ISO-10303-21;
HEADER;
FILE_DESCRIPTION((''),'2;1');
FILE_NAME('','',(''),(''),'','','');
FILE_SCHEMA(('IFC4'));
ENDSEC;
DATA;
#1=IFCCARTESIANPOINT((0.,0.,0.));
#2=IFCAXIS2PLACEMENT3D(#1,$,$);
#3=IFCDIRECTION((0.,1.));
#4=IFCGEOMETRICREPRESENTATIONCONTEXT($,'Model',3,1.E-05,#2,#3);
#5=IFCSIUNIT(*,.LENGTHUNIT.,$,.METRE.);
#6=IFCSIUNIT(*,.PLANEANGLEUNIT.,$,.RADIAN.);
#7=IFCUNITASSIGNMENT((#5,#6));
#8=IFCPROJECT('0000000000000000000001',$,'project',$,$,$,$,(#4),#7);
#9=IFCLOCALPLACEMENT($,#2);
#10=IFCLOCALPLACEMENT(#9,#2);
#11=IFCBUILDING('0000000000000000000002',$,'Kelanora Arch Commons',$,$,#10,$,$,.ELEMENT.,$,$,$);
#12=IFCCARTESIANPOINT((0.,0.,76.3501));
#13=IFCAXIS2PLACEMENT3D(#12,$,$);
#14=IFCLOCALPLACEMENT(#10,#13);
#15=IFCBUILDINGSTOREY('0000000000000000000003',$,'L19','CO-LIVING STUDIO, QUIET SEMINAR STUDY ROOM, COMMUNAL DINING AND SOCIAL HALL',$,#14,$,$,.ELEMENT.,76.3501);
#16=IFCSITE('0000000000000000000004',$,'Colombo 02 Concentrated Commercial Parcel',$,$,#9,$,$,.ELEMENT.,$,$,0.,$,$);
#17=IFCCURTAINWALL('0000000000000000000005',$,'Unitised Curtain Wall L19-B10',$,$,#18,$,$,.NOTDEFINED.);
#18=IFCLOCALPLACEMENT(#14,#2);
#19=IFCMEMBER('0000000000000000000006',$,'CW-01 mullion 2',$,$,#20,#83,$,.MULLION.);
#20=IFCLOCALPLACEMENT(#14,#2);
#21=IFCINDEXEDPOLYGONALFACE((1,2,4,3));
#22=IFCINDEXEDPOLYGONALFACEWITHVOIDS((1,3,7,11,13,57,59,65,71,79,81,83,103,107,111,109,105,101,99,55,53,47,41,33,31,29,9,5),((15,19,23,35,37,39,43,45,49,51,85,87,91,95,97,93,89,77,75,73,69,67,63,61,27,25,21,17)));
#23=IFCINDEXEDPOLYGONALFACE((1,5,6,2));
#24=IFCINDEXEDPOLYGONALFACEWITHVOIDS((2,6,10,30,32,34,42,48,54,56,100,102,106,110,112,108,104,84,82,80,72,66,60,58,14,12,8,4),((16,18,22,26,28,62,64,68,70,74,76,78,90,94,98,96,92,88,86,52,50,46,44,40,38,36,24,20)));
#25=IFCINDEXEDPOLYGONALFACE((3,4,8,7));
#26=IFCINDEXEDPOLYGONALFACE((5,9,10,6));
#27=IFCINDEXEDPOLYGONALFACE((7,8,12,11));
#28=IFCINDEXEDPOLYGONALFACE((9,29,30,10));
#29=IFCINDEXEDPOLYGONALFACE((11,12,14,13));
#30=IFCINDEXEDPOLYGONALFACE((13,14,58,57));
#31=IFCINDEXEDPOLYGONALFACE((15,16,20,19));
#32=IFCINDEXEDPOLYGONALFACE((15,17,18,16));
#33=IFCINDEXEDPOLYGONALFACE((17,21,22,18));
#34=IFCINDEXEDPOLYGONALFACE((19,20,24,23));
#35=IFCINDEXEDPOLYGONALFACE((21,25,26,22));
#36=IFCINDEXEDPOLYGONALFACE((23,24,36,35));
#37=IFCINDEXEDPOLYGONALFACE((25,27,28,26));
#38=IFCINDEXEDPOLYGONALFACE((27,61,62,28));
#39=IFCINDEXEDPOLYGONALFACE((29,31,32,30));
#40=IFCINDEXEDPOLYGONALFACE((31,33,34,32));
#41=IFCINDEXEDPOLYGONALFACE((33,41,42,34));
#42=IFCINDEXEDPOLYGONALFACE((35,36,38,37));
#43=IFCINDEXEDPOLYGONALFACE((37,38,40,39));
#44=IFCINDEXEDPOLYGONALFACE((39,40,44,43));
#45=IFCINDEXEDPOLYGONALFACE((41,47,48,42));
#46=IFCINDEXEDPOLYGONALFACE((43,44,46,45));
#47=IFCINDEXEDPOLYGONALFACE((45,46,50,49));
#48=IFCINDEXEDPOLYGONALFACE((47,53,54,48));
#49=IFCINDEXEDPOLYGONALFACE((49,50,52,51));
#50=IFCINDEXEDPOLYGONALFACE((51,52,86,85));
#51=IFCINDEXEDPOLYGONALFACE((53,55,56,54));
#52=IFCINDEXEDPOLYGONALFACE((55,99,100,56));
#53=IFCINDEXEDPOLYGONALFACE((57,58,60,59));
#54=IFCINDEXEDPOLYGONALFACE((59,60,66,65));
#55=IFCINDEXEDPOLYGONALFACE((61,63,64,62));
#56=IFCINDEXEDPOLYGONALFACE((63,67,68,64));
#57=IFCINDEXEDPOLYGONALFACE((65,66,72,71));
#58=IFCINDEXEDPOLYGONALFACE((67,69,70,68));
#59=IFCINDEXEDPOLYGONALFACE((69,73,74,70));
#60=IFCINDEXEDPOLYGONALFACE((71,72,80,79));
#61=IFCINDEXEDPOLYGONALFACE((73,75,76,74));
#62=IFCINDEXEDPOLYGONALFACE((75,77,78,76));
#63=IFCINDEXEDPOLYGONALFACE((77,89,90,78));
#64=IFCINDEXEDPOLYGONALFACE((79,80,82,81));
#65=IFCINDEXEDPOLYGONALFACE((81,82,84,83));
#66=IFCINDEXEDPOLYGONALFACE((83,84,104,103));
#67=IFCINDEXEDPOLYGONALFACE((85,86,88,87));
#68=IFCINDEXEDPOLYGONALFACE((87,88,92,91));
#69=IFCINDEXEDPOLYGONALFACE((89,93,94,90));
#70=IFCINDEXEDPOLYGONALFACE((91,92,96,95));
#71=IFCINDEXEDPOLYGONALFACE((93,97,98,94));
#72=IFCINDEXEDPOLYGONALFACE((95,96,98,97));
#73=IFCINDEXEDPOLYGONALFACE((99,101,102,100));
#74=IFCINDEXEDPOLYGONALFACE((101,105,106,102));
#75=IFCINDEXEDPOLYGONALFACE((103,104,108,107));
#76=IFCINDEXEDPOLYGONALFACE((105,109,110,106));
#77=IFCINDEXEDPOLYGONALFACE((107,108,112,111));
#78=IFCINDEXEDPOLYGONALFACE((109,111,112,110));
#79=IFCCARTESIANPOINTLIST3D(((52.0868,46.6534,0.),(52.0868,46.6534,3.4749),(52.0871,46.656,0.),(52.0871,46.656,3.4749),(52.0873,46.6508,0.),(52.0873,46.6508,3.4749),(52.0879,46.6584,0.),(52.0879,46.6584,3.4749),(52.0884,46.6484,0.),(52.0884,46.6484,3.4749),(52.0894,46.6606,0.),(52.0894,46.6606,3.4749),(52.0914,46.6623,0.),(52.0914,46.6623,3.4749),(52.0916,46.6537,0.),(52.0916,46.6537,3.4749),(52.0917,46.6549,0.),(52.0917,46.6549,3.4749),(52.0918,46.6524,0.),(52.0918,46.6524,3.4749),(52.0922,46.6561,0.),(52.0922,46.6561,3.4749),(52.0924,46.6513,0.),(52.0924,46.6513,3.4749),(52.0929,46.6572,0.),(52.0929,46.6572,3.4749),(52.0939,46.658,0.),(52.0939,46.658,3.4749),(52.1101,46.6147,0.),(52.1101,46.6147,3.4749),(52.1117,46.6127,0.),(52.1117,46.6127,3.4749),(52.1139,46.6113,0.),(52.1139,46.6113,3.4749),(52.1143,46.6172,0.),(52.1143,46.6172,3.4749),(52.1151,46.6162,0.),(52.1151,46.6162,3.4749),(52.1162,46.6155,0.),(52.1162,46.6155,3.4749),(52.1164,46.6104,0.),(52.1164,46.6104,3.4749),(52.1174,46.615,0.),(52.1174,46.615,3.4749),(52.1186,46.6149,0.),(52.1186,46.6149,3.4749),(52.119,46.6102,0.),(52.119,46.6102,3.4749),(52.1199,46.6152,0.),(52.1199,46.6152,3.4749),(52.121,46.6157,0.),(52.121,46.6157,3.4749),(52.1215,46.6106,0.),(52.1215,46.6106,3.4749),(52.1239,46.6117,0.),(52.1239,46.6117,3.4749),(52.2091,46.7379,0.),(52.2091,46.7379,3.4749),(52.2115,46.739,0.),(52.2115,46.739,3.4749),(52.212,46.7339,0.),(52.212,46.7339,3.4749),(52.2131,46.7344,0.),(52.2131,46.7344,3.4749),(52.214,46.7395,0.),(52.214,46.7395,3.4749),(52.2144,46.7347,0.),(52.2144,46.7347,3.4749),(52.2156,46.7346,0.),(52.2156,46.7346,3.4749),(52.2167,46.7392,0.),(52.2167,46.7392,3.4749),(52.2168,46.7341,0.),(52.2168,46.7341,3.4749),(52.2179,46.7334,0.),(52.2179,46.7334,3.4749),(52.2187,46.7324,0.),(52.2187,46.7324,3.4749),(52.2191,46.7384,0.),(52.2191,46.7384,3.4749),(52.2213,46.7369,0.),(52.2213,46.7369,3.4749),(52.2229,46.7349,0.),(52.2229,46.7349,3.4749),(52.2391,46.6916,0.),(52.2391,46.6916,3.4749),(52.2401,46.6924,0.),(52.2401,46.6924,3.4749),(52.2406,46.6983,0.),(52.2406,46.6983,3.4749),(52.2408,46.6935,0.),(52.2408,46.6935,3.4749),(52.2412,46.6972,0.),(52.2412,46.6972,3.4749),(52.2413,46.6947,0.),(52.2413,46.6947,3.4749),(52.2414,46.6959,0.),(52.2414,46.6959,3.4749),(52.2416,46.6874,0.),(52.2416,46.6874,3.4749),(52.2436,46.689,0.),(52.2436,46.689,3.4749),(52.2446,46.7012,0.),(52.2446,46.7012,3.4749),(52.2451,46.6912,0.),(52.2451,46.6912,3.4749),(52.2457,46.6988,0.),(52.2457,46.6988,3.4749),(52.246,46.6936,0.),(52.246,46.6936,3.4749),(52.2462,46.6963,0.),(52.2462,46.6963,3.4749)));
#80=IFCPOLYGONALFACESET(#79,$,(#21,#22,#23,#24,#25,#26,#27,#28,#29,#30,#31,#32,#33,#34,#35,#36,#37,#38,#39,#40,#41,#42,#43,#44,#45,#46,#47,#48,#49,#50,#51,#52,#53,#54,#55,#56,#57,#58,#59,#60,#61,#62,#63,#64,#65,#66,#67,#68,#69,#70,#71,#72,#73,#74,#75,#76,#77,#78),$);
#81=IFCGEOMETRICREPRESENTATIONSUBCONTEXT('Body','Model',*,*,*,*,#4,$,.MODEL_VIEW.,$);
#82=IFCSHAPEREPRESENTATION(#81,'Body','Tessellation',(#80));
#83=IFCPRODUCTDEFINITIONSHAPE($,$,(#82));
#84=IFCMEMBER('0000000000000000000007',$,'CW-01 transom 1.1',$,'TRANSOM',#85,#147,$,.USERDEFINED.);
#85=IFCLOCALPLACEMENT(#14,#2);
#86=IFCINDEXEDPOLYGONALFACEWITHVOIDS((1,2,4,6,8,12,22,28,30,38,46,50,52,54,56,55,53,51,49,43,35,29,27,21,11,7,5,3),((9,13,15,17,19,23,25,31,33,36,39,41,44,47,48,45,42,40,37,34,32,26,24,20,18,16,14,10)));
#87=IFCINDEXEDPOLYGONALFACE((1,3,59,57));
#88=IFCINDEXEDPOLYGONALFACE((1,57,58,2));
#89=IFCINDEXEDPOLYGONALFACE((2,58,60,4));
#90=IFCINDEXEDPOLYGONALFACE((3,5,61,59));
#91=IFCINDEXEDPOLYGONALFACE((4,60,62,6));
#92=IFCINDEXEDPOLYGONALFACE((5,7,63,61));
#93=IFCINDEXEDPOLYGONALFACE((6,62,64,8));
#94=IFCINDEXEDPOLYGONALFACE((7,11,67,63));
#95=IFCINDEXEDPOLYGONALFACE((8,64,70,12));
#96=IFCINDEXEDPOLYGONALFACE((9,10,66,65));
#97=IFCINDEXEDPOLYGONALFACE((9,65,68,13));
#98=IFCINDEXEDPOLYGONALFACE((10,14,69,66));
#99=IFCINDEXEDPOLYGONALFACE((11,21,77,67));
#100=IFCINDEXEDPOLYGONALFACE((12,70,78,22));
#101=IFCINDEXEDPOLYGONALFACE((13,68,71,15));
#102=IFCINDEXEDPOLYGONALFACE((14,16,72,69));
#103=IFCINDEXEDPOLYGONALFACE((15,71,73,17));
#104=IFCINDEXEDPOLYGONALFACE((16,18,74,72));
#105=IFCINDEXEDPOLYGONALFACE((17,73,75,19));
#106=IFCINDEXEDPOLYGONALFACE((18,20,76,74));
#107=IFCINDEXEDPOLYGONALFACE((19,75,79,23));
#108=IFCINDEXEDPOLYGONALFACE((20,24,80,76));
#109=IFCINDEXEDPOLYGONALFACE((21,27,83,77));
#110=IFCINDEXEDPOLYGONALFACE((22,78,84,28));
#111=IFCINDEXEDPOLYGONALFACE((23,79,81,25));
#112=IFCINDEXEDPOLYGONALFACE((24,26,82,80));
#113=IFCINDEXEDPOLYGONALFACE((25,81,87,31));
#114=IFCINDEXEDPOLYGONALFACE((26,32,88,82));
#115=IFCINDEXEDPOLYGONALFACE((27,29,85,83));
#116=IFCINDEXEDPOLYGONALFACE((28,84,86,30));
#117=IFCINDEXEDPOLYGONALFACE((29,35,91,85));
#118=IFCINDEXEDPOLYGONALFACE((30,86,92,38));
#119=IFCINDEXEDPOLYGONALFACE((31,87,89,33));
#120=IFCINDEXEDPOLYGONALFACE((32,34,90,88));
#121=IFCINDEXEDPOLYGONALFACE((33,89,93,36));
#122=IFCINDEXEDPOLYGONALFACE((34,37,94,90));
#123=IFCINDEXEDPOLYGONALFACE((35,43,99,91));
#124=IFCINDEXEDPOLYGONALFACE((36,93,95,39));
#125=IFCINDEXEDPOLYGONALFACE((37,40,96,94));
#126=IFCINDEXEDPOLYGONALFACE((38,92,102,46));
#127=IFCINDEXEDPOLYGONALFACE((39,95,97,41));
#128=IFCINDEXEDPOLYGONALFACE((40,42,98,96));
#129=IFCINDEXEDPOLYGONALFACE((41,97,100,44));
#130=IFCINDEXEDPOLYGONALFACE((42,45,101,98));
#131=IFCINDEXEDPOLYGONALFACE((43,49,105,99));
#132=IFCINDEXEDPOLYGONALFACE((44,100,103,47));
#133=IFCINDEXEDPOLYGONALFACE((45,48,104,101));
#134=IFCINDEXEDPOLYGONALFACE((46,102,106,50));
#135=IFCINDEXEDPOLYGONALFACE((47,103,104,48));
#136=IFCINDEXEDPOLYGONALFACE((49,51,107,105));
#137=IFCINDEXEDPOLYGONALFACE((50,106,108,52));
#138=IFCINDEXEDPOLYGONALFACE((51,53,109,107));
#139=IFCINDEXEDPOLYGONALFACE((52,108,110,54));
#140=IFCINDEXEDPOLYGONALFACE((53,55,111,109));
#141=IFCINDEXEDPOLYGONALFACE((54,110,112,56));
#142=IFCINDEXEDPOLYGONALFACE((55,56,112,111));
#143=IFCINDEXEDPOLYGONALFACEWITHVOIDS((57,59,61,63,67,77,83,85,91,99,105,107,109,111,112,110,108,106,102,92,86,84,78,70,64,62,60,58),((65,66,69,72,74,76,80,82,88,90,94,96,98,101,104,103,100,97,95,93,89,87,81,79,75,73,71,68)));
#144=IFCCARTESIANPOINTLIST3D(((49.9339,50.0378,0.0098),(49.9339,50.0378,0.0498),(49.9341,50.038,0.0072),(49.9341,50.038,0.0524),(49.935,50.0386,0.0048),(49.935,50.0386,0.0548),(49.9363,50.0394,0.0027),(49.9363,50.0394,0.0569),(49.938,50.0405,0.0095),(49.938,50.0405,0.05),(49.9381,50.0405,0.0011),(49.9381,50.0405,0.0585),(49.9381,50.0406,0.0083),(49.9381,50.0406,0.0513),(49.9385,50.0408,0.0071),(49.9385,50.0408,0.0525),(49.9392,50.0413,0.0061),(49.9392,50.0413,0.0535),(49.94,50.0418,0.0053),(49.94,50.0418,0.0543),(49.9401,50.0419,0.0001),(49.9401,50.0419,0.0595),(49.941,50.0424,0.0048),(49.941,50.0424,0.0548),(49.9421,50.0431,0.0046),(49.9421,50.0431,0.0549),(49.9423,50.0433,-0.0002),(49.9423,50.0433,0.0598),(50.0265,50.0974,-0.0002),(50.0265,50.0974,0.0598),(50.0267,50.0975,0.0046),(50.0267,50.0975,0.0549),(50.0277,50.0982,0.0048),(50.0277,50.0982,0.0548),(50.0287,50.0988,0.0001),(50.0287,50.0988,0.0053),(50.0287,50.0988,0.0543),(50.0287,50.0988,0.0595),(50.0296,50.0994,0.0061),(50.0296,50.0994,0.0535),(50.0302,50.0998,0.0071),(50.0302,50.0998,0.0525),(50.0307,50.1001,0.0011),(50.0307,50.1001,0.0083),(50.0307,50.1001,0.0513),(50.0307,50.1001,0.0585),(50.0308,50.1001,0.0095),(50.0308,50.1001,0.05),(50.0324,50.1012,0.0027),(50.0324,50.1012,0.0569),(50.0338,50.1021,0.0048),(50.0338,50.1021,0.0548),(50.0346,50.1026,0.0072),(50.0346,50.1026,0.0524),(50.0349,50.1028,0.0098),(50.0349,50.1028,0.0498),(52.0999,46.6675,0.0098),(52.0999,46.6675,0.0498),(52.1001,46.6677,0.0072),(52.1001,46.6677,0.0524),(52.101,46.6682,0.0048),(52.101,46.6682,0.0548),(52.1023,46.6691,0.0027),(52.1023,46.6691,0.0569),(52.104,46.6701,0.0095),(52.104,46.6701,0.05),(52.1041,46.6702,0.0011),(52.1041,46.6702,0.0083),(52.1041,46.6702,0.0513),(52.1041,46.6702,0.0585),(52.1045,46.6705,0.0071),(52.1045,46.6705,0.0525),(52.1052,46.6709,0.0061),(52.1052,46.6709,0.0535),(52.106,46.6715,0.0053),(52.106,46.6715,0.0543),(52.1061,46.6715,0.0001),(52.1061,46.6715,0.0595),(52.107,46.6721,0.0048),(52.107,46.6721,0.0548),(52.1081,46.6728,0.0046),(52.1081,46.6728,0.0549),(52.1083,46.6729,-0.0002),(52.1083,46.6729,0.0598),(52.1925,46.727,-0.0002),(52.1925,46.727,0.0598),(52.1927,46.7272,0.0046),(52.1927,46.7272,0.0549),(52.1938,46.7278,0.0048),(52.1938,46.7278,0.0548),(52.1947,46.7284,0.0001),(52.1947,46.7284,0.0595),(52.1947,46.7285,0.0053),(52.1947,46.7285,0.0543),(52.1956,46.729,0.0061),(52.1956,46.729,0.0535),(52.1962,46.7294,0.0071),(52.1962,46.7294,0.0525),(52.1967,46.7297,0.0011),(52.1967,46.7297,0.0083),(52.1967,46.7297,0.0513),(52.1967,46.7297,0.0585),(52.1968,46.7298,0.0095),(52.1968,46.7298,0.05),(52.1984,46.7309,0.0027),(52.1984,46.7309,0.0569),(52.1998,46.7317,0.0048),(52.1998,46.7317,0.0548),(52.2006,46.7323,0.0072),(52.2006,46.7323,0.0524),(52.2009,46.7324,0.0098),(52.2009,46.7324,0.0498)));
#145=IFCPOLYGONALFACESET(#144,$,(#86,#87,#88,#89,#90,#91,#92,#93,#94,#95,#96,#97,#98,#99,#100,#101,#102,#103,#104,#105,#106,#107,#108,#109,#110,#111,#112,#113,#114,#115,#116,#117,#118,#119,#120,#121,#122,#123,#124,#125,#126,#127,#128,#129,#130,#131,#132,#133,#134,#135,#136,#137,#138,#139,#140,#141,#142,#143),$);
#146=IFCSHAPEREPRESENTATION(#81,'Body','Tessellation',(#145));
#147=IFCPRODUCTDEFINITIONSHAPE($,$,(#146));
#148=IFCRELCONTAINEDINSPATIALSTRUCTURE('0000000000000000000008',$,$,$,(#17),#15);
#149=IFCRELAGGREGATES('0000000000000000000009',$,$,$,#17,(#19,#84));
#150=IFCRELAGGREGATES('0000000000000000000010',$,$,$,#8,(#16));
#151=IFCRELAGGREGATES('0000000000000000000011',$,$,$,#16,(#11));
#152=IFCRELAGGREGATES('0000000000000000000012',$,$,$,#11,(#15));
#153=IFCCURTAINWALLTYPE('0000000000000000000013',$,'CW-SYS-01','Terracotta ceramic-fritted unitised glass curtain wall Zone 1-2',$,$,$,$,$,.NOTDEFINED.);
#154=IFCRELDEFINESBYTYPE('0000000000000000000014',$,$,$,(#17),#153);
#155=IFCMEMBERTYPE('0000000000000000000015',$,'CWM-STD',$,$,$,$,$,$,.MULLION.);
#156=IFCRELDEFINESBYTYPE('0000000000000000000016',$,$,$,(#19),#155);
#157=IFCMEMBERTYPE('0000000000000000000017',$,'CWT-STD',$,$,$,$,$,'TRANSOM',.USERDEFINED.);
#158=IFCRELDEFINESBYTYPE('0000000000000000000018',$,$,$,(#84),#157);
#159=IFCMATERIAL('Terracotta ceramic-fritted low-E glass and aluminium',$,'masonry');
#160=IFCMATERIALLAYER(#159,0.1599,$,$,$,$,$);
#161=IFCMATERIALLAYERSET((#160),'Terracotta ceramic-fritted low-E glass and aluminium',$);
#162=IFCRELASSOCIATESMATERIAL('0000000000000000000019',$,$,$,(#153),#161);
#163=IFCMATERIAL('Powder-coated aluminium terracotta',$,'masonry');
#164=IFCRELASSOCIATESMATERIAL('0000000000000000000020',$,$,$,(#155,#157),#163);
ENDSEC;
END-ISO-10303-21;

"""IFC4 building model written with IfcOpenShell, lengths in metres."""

from ifc_helpers import new_model, si_unit, direction, frame, origin, origin_2d, place, context, subcontext, project, spatial, hollow_rectangle, extrude, material, layer, layer_set, material_profile, profile_set, type_object, element, aggregate, save


model = new_model("IFC4")

# Units and contexts
model_context = context("Model", 3, precision=1e-05, world=origin(), true_north=direction((0.0, 1.0)))
body_context = subcontext(model_context, "Body", "Model", "MODEL_VIEW")
ifc_project = project(units=[si_unit("LENGTHUNIT", "METRE"), si_unit("PLANEANGLEUNIT", "RADIAN")], contexts=[model_context])

# Site, building, storey
site_placement = place(None, origin())
site = spatial("IfcSite", under=ifc_project, at=site_placement, Name="Colombo 02 Concentrated Commercial Parcel", CompositionType="ELEMENT", RefElevation=0.0)
building_placement = place(site_placement, origin())
building = spatial("IfcBuilding", under=site, at=building_placement, Name="Kelanora Arch Commons", CompositionType="ELEMENT")
storey_placement = place(building_placement, frame((0.0, 0.0, 76.3501)))
storey = spatial("IfcBuildingStorey", under=building, at=storey_placement, Name="L19", Description="CO-LIVING STUDIO, QUIET SEMINAR STUDY ROOM, COMMUNAL DINING AND SOCIAL HALL", CompositionType="ELEMENT", Elevation=76.3501)

# Curtain wall, members
ifc_material_1 = material(Name="Terracotta ceramic-fritted low-E glass and aluminium", Category="masonry")
ifc_layer_1 = layer(ifc_material_1, 0.1599)
ifc_layer_set_1 = layer_set([ifc_layer_1], Name="Terracotta ceramic-fritted low-E glass and aluminium")
curtain_wall_type = type_object("IfcCurtainWallType", Name="CW-SYS-01", Description="Terracotta ceramic-fritted unitised glass curtain wall Zone 1-2", PredefinedType="NOTDEFINED", material=ifc_layer_set_1)
curtain_wall_placement = place(storey_placement, origin())
curtain_wall = element("IfcCurtainWall", 1, at=curtain_wall_placement, inside=storey, type_object=curtain_wall_type, Name="Unitised Curtain Wall L19-B10", PredefinedType="NOTDEFINED")
ifc_material_2 = material(Name="Powder-coated aluminium terracotta", Category="masonry")
ifc_material_profile_1 = material_profile(ifc_material_2, hollow_rectangle(XDim=0.1599, YDim=0.0601, WallThickness=0.0049, InnerFilletRadius=0.0049, OuterFilletRadius=0.01, at=origin_2d()), Name="CWM160x60")
ifc_profile_set_1 = profile_set([ifc_material_profile_1], Name="Powder-coated aluminium terracotta")
member_type_1 = type_object("IfcMemberType", Name="CWM-STD", PredefinedType="MULLION", material=ifc_profile_set_1)
member_1_placement = place(storey_placement, frame((52.1665, 46.6748, 0.0), z_axis=(0.0, 0.0, 1.0), x_axis=(0.841269, 0.540617, 0.0)))
member_1 = element("IfcMember", 2, at=member_1_placement, type_object=member_type_1, Name="CW-01 mullion 2", PredefinedType="MULLION", context=body_context, shape_type="SweptSolid", body=[
    extrude(hollow_rectangle(XDim=0.1599, YDim=0.0601, WallThickness=0.0049, InnerFilletRadius=0.0049, OuterFilletRadius=0.01, at=origin_2d()), origin(), (0.0, 0.0, 1.0), 3.4749),
])
ifc_material_profile_2 = material_profile(ifc_material_2, hollow_rectangle(XDim=0.1201, YDim=0.0601, WallThickness=0.0049, InnerFilletRadius=0.0049, OuterFilletRadius=0.01, at=origin_2d()), Name="CWT120x60")
ifc_profile_set_2 = profile_set([ifc_material_profile_2], Name="Powder-coated aluminium terracotta")
member_type_2 = type_object("IfcMemberType", Name="CWT-STD", ElementType="TRANSOM", PredefinedType="USERDEFINED", material=ifc_profile_set_2)
member_2_placement = place(storey_placement, frame((49.9844, 50.0703, 0.0298), z_axis=(0.540644, -0.841252, 0.0), x_axis=(0.841252, 0.540644, 0.0)))
member_2 = element("IfcMember", 3, at=member_2_placement, type_object=member_type_2, Name="CW-01 transom 1.1", ObjectType="TRANSOM", PredefinedType="USERDEFINED", context=body_context, shape_type="SweptSolid", body=[
    extrude(hollow_rectangle(XDim=0.1201, YDim=0.0601, WallThickness=0.0049, InnerFilletRadius=0.0049, OuterFilletRadius=0.01, at=origin_2d()), origin(), (0.0, 0.0, 1.0), 4.0063),
])

aggregate(curtain_wall, [member_1, member_2])

save(model, "model.ifc")
